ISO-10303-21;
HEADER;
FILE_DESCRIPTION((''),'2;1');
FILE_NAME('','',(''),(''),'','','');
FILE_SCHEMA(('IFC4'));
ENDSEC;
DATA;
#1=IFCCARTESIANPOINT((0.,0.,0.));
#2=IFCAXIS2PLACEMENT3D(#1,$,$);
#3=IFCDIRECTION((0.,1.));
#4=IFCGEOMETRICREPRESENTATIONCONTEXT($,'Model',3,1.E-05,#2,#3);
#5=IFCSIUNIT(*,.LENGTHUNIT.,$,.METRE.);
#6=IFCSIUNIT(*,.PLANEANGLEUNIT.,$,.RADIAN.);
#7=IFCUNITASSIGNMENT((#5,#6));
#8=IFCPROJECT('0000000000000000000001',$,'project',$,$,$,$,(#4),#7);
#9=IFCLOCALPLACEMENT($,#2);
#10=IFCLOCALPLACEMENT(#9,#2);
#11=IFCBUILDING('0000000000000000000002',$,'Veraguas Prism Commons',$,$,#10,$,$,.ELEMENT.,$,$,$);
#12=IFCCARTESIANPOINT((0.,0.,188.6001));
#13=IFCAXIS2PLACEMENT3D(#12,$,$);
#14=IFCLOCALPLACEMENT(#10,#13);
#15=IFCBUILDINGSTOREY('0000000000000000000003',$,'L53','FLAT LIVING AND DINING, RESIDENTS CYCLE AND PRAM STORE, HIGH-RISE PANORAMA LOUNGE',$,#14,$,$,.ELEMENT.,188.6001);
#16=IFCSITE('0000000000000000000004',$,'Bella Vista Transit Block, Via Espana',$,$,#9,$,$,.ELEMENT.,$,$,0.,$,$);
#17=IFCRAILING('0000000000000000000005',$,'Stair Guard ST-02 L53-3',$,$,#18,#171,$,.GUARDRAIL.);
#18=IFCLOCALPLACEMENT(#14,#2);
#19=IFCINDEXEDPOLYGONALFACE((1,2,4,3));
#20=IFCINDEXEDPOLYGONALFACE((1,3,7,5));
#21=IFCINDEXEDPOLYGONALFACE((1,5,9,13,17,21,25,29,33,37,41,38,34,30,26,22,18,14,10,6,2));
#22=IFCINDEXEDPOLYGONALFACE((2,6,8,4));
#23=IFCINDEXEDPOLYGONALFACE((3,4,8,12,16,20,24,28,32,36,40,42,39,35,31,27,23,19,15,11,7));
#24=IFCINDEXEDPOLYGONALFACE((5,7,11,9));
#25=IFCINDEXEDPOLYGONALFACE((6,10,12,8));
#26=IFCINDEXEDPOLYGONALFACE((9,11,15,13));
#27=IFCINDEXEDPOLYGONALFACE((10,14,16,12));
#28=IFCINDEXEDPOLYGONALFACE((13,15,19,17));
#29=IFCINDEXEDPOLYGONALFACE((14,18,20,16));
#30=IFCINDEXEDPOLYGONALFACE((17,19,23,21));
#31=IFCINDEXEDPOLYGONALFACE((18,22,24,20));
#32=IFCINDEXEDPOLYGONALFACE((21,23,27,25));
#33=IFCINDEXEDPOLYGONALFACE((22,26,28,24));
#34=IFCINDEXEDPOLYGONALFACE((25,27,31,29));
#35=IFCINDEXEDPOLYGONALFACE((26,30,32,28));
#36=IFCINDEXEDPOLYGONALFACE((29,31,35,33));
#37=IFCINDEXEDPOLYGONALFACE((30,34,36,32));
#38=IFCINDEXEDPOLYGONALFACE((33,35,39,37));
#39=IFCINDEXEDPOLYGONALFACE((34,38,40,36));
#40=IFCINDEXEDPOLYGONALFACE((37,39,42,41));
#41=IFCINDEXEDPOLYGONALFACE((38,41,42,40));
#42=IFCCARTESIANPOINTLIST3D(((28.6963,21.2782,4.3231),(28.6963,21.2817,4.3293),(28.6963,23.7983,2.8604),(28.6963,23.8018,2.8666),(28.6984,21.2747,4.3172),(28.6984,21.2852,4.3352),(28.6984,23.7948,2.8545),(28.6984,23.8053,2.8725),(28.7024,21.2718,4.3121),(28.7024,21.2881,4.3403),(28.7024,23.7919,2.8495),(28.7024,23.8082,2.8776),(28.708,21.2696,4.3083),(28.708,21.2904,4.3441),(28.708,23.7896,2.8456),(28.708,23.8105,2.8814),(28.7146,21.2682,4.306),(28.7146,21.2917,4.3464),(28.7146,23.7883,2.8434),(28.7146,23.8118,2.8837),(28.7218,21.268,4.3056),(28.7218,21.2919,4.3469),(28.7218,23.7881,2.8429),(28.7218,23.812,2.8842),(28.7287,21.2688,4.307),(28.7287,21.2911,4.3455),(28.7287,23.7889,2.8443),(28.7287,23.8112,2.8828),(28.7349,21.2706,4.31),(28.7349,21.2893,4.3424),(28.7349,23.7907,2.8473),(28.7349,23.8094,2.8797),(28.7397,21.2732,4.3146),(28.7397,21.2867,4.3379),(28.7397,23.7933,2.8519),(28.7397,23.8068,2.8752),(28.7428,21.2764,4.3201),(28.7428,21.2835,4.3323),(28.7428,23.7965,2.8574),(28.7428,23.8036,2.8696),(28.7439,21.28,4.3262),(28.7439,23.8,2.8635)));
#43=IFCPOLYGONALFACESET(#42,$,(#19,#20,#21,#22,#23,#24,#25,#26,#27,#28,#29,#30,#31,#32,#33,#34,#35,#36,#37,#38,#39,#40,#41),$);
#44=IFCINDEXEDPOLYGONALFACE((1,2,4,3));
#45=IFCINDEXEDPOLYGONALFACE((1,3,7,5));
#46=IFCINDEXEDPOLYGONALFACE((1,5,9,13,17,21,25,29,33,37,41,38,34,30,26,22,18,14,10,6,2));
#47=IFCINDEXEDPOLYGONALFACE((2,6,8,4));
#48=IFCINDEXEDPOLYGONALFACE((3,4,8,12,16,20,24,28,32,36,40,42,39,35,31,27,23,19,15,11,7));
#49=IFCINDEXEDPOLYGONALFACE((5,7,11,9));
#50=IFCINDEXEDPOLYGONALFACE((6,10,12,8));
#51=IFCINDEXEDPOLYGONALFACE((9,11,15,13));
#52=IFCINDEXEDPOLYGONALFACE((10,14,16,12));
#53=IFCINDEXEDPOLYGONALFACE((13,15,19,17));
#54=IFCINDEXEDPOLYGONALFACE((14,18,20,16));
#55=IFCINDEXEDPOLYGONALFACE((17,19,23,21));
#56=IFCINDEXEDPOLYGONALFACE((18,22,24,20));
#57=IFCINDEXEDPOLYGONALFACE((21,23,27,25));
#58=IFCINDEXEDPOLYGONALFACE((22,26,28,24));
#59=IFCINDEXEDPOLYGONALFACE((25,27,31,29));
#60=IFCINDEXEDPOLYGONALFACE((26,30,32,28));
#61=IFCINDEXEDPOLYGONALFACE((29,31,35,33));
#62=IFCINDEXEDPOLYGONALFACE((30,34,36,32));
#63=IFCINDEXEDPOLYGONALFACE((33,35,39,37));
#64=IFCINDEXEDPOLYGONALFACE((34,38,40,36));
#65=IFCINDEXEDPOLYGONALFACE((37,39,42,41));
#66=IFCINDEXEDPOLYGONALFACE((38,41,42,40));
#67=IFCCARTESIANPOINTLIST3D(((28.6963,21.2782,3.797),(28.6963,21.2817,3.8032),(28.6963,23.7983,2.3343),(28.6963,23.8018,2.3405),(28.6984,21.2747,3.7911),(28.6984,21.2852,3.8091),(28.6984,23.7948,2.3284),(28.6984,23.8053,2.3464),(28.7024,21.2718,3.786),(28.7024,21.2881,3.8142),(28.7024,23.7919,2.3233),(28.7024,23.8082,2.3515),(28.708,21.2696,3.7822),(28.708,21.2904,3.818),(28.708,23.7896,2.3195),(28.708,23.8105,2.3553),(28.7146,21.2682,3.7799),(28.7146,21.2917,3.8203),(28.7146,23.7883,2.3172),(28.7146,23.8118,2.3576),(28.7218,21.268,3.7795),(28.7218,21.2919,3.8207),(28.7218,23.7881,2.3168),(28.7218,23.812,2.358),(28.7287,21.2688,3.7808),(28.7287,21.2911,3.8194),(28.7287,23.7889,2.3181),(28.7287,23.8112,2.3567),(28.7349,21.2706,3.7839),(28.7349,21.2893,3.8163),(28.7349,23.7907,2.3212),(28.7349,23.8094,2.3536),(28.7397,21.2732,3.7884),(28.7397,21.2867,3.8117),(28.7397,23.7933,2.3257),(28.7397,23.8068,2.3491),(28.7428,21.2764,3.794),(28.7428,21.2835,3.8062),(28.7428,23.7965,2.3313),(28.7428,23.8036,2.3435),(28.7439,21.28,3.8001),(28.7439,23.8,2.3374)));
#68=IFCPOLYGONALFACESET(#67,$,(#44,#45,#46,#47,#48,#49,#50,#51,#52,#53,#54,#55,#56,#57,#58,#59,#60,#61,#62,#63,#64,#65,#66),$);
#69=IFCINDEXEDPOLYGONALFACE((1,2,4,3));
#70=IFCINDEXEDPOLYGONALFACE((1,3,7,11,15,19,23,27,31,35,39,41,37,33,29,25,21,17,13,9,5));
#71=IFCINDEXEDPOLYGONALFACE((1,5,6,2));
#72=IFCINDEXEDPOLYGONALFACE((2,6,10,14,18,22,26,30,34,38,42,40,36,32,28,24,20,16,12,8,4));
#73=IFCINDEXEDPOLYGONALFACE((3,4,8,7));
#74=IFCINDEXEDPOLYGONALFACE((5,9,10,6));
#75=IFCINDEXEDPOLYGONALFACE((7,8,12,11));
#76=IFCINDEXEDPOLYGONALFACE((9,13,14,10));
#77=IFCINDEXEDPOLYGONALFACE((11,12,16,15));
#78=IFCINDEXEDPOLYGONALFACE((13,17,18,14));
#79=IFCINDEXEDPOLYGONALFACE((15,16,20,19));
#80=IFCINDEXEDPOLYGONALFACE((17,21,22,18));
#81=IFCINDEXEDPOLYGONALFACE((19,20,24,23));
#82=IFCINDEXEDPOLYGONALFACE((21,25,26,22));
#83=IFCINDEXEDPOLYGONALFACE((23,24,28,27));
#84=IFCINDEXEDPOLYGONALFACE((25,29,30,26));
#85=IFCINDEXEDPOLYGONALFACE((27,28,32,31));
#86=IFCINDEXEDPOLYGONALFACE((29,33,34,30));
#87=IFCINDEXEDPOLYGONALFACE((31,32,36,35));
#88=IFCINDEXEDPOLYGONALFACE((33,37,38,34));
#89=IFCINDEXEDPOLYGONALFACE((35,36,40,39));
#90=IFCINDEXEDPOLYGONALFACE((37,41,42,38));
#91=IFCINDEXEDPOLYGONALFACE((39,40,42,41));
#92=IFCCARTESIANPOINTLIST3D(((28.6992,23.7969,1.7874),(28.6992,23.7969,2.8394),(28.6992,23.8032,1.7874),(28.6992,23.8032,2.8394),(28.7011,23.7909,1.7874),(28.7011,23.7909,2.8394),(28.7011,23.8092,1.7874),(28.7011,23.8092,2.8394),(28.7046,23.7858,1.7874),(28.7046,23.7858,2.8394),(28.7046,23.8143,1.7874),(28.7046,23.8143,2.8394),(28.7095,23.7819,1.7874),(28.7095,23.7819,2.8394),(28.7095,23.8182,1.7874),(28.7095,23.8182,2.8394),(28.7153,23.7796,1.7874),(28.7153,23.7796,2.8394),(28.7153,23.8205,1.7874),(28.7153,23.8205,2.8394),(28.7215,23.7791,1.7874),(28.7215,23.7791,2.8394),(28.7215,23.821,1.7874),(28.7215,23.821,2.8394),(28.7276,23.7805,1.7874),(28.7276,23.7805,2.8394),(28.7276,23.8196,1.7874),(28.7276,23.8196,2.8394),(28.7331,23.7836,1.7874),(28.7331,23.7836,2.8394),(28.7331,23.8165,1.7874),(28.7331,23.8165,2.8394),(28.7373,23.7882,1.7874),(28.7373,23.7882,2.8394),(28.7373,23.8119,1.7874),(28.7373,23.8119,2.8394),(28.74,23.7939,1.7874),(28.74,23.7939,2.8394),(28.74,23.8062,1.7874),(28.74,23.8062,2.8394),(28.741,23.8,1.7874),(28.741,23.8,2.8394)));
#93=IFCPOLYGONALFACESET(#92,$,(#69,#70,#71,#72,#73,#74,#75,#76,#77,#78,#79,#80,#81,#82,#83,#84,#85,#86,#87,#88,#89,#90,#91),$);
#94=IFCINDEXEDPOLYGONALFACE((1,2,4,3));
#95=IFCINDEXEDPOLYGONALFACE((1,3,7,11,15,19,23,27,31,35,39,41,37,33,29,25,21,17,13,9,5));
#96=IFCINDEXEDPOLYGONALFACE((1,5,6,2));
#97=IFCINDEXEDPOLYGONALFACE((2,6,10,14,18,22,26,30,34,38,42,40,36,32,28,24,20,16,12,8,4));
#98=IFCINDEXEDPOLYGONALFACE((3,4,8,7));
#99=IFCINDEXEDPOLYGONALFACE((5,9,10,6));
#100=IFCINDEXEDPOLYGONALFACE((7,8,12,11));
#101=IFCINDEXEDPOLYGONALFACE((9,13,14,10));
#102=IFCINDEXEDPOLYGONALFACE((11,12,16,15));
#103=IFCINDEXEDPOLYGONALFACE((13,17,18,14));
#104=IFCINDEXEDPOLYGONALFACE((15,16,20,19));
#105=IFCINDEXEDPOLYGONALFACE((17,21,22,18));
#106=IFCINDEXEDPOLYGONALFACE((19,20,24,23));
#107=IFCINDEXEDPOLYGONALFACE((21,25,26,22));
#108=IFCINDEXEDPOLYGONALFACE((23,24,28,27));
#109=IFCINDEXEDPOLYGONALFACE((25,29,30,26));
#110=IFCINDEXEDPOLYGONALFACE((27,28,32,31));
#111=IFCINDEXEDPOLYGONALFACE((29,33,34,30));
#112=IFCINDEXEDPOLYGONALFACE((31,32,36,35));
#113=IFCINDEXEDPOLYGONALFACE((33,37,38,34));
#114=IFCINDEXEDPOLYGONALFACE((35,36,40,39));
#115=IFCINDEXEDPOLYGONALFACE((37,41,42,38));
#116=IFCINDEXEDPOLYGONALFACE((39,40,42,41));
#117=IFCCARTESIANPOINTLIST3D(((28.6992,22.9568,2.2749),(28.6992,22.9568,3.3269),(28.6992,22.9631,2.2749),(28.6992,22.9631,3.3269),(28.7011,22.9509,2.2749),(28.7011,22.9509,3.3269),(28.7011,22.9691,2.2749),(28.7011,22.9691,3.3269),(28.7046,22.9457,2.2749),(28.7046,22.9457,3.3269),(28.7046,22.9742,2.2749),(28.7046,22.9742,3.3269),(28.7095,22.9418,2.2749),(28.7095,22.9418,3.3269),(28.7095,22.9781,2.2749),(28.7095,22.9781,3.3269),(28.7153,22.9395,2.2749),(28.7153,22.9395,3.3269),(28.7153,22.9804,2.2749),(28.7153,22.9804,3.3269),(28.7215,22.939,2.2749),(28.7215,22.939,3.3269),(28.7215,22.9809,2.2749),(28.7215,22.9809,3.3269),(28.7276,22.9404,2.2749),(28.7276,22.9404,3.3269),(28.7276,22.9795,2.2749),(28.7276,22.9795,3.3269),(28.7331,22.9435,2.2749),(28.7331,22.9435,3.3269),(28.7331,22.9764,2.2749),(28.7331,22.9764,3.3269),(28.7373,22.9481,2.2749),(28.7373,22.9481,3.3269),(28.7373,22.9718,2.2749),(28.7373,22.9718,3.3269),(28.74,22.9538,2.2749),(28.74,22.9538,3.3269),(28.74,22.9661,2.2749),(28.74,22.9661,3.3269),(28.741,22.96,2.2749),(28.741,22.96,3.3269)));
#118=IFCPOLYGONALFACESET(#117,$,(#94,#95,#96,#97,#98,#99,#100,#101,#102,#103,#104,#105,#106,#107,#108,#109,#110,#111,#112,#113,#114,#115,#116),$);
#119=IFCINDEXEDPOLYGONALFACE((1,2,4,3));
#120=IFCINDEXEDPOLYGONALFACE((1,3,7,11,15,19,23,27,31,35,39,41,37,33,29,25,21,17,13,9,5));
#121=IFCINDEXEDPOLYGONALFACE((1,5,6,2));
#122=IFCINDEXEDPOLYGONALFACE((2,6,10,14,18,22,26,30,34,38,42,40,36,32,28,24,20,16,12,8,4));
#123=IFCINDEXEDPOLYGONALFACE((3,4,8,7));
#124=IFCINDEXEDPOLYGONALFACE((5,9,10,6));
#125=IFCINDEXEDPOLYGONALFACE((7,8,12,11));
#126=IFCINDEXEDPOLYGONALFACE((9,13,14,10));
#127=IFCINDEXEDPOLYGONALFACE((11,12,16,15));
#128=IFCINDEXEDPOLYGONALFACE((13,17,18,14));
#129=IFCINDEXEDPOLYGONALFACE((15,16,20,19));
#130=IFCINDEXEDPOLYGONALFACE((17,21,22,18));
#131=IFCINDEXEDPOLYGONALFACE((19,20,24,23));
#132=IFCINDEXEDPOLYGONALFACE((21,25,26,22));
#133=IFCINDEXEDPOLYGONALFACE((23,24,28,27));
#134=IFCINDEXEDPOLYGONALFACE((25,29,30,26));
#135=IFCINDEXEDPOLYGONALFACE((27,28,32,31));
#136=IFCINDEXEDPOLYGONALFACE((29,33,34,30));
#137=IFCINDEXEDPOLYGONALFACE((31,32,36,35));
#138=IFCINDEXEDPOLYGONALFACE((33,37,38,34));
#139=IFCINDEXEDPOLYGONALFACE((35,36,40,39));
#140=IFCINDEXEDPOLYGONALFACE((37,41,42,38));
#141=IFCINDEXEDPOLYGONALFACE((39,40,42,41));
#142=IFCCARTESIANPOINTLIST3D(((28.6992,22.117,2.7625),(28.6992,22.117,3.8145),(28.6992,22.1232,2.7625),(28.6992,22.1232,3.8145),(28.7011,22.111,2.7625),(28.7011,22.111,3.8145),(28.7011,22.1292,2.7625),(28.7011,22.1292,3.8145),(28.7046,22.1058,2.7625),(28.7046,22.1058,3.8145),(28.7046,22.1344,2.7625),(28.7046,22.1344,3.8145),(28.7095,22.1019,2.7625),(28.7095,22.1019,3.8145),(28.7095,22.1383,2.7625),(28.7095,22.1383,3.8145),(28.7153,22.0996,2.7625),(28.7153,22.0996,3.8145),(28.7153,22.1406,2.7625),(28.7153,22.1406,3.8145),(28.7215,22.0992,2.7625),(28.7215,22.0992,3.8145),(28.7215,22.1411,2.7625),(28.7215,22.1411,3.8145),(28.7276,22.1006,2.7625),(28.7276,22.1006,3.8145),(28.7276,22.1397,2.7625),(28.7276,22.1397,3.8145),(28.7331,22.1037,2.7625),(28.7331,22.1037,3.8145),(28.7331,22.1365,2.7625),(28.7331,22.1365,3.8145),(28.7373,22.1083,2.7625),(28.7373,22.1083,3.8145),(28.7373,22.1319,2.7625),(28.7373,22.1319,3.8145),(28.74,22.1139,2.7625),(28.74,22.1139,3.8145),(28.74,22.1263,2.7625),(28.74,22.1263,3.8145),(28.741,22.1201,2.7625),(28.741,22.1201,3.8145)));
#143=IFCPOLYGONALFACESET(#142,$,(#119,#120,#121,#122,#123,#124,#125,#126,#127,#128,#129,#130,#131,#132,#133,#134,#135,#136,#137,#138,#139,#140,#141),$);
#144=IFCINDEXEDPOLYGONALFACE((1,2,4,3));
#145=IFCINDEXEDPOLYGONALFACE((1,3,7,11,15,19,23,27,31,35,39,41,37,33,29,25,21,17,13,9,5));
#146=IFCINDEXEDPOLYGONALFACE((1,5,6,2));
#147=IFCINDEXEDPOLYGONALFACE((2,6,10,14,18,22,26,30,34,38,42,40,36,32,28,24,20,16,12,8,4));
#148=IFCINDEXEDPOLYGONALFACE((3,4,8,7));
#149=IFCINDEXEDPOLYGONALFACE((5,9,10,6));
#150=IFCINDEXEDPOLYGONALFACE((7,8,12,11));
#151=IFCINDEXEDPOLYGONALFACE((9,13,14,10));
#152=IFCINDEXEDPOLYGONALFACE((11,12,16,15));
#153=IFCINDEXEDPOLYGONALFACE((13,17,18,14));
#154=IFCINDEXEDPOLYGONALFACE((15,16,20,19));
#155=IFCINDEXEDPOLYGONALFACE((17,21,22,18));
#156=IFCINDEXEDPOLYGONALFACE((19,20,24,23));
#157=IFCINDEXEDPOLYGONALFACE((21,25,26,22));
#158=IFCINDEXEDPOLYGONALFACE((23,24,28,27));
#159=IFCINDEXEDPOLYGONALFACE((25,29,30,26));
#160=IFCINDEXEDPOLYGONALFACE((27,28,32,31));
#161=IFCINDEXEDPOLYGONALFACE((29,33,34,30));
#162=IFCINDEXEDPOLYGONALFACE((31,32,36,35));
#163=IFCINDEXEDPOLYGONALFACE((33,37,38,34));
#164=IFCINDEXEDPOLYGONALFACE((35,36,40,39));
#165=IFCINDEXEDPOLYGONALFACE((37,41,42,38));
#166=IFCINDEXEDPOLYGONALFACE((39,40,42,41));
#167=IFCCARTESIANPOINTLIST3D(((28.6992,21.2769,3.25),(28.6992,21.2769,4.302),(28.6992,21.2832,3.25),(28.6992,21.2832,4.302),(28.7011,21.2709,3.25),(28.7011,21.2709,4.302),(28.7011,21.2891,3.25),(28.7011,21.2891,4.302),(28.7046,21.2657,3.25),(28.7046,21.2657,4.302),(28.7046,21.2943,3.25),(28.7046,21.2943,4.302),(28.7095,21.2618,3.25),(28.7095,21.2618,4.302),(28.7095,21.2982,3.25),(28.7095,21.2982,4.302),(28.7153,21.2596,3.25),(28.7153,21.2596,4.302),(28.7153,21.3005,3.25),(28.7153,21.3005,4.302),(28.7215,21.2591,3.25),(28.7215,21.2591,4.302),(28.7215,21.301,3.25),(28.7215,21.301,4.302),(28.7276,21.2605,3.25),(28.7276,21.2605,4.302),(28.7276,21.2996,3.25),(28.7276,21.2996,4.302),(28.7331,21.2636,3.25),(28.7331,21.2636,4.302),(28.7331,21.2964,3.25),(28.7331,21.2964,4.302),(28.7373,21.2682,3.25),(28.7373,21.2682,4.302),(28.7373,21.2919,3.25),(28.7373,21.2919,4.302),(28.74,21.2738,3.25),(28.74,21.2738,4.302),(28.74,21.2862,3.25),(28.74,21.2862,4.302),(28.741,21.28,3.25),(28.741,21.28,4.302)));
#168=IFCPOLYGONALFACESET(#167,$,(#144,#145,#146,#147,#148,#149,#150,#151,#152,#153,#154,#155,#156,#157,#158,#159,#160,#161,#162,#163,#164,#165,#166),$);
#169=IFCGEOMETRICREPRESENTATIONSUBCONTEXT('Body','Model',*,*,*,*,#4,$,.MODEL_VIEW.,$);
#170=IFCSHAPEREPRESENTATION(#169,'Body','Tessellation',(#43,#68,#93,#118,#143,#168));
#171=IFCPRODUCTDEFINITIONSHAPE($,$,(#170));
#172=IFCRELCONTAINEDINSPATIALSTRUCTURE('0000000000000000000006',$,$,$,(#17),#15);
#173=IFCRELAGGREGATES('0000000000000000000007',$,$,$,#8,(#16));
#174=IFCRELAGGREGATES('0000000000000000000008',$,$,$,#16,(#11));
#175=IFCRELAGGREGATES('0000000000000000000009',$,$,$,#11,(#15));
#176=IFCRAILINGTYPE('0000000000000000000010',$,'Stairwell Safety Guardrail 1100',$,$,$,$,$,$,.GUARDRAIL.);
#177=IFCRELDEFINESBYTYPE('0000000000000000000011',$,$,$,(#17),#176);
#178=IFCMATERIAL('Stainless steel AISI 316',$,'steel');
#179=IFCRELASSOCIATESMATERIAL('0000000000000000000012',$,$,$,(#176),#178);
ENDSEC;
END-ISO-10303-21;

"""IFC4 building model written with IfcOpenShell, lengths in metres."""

from ifc_helpers import new_model, si_unit, direction, frame, origin, origin_2d, place, context, subcontext, project, spatial, circle, extrude, material, type_object, element, save


model = new_model("IFC4")

# Units and contexts
model_context = context("Model", 3, precision=1e-05, world=origin(), true_north=direction((0.0, 1.0)))
body_context = subcontext(model_context, "Body", "Model", "MODEL_VIEW")
ifc_project = project(units=[si_unit("LENGTHUNIT", "METRE"), si_unit("PLANEANGLEUNIT", "RADIAN")], contexts=[model_context])

# Site, building, storey
site_placement = place(None, origin())
site = spatial("IfcSite", under=ifc_project, at=site_placement, Name="Bella Vista Transit Block, Via Espana", CompositionType="ELEMENT", RefElevation=0.0)
building_placement = place(site_placement, origin())
building = spatial("IfcBuilding", under=site, at=building_placement, Name="Veraguas Prism Commons", CompositionType="ELEMENT")
storey_placement = place(building_placement, frame((0.0, 0.0, 188.6001)))
storey = spatial("IfcBuildingStorey", under=building, at=storey_placement, Name="L53", Description="FLAT LIVING AND DINING, RESIDENTS CYCLE AND PRAM STORE, HIGH-RISE PANORAMA LOUNGE", CompositionType="ELEMENT", Elevation=188.6001)

# Railing
ifc_material_1 = material(Name="Stainless steel AISI 316", Category="steel")
railing_type_1 = type_object("IfcRailingType", Name="Stairwell Safety Guardrail 1100", PredefinedType="GUARDRAIL", material=ifc_material_1)
railing_1_placement = place(storey_placement, frame((28.72, 23.8, 1.7874)))
element("IfcRailing", 1, at=railing_1_placement, inside=storey, type_object=railing_type_1, Name="Stair Guard ST-02 L53-3", PredefinedType="GUARDRAIL", context=body_context, shape_type="SweptSolid", body=[
    extrude(circle(Radius=0.0239, at=origin_2d()), frame((0.0, 0.0, 1.0762), z_axis=(0.0, -0.864877, 0.501984), x_axis=(1.0, 0.0, 0.0)), (0.0, 0.0, 1.0), 2.9138),
    extrude(circle(Radius=0.0239, at=origin_2d()), frame((0.0, 0.0, 0.55), z_axis=(0.0, -0.864877, 0.501984), x_axis=(1.0, 0.0, 0.0)), (0.0, 0.0, 1.0), 2.9138),
    extrude(circle(Radius=0.021, at=origin_2d()), origin(), (0.0, 0.0, 1.0), 1.052),
    extrude(circle(Radius=0.021, at=origin_2d()), frame((0.0, -0.8401, 0.4875)), (0.0, 0.0, 1.0), 1.052),
    extrude(circle(Radius=0.021, at=origin_2d()), frame((0.0, -1.6799, 0.9751)), (0.0, 0.0, 1.0), 1.052),
    extrude(circle(Radius=0.021, at=origin_2d()), frame((0.0, -2.52, 1.4626)), (0.0, 0.0, 1.0), 1.052),
])

save(model, "model.ifc")
